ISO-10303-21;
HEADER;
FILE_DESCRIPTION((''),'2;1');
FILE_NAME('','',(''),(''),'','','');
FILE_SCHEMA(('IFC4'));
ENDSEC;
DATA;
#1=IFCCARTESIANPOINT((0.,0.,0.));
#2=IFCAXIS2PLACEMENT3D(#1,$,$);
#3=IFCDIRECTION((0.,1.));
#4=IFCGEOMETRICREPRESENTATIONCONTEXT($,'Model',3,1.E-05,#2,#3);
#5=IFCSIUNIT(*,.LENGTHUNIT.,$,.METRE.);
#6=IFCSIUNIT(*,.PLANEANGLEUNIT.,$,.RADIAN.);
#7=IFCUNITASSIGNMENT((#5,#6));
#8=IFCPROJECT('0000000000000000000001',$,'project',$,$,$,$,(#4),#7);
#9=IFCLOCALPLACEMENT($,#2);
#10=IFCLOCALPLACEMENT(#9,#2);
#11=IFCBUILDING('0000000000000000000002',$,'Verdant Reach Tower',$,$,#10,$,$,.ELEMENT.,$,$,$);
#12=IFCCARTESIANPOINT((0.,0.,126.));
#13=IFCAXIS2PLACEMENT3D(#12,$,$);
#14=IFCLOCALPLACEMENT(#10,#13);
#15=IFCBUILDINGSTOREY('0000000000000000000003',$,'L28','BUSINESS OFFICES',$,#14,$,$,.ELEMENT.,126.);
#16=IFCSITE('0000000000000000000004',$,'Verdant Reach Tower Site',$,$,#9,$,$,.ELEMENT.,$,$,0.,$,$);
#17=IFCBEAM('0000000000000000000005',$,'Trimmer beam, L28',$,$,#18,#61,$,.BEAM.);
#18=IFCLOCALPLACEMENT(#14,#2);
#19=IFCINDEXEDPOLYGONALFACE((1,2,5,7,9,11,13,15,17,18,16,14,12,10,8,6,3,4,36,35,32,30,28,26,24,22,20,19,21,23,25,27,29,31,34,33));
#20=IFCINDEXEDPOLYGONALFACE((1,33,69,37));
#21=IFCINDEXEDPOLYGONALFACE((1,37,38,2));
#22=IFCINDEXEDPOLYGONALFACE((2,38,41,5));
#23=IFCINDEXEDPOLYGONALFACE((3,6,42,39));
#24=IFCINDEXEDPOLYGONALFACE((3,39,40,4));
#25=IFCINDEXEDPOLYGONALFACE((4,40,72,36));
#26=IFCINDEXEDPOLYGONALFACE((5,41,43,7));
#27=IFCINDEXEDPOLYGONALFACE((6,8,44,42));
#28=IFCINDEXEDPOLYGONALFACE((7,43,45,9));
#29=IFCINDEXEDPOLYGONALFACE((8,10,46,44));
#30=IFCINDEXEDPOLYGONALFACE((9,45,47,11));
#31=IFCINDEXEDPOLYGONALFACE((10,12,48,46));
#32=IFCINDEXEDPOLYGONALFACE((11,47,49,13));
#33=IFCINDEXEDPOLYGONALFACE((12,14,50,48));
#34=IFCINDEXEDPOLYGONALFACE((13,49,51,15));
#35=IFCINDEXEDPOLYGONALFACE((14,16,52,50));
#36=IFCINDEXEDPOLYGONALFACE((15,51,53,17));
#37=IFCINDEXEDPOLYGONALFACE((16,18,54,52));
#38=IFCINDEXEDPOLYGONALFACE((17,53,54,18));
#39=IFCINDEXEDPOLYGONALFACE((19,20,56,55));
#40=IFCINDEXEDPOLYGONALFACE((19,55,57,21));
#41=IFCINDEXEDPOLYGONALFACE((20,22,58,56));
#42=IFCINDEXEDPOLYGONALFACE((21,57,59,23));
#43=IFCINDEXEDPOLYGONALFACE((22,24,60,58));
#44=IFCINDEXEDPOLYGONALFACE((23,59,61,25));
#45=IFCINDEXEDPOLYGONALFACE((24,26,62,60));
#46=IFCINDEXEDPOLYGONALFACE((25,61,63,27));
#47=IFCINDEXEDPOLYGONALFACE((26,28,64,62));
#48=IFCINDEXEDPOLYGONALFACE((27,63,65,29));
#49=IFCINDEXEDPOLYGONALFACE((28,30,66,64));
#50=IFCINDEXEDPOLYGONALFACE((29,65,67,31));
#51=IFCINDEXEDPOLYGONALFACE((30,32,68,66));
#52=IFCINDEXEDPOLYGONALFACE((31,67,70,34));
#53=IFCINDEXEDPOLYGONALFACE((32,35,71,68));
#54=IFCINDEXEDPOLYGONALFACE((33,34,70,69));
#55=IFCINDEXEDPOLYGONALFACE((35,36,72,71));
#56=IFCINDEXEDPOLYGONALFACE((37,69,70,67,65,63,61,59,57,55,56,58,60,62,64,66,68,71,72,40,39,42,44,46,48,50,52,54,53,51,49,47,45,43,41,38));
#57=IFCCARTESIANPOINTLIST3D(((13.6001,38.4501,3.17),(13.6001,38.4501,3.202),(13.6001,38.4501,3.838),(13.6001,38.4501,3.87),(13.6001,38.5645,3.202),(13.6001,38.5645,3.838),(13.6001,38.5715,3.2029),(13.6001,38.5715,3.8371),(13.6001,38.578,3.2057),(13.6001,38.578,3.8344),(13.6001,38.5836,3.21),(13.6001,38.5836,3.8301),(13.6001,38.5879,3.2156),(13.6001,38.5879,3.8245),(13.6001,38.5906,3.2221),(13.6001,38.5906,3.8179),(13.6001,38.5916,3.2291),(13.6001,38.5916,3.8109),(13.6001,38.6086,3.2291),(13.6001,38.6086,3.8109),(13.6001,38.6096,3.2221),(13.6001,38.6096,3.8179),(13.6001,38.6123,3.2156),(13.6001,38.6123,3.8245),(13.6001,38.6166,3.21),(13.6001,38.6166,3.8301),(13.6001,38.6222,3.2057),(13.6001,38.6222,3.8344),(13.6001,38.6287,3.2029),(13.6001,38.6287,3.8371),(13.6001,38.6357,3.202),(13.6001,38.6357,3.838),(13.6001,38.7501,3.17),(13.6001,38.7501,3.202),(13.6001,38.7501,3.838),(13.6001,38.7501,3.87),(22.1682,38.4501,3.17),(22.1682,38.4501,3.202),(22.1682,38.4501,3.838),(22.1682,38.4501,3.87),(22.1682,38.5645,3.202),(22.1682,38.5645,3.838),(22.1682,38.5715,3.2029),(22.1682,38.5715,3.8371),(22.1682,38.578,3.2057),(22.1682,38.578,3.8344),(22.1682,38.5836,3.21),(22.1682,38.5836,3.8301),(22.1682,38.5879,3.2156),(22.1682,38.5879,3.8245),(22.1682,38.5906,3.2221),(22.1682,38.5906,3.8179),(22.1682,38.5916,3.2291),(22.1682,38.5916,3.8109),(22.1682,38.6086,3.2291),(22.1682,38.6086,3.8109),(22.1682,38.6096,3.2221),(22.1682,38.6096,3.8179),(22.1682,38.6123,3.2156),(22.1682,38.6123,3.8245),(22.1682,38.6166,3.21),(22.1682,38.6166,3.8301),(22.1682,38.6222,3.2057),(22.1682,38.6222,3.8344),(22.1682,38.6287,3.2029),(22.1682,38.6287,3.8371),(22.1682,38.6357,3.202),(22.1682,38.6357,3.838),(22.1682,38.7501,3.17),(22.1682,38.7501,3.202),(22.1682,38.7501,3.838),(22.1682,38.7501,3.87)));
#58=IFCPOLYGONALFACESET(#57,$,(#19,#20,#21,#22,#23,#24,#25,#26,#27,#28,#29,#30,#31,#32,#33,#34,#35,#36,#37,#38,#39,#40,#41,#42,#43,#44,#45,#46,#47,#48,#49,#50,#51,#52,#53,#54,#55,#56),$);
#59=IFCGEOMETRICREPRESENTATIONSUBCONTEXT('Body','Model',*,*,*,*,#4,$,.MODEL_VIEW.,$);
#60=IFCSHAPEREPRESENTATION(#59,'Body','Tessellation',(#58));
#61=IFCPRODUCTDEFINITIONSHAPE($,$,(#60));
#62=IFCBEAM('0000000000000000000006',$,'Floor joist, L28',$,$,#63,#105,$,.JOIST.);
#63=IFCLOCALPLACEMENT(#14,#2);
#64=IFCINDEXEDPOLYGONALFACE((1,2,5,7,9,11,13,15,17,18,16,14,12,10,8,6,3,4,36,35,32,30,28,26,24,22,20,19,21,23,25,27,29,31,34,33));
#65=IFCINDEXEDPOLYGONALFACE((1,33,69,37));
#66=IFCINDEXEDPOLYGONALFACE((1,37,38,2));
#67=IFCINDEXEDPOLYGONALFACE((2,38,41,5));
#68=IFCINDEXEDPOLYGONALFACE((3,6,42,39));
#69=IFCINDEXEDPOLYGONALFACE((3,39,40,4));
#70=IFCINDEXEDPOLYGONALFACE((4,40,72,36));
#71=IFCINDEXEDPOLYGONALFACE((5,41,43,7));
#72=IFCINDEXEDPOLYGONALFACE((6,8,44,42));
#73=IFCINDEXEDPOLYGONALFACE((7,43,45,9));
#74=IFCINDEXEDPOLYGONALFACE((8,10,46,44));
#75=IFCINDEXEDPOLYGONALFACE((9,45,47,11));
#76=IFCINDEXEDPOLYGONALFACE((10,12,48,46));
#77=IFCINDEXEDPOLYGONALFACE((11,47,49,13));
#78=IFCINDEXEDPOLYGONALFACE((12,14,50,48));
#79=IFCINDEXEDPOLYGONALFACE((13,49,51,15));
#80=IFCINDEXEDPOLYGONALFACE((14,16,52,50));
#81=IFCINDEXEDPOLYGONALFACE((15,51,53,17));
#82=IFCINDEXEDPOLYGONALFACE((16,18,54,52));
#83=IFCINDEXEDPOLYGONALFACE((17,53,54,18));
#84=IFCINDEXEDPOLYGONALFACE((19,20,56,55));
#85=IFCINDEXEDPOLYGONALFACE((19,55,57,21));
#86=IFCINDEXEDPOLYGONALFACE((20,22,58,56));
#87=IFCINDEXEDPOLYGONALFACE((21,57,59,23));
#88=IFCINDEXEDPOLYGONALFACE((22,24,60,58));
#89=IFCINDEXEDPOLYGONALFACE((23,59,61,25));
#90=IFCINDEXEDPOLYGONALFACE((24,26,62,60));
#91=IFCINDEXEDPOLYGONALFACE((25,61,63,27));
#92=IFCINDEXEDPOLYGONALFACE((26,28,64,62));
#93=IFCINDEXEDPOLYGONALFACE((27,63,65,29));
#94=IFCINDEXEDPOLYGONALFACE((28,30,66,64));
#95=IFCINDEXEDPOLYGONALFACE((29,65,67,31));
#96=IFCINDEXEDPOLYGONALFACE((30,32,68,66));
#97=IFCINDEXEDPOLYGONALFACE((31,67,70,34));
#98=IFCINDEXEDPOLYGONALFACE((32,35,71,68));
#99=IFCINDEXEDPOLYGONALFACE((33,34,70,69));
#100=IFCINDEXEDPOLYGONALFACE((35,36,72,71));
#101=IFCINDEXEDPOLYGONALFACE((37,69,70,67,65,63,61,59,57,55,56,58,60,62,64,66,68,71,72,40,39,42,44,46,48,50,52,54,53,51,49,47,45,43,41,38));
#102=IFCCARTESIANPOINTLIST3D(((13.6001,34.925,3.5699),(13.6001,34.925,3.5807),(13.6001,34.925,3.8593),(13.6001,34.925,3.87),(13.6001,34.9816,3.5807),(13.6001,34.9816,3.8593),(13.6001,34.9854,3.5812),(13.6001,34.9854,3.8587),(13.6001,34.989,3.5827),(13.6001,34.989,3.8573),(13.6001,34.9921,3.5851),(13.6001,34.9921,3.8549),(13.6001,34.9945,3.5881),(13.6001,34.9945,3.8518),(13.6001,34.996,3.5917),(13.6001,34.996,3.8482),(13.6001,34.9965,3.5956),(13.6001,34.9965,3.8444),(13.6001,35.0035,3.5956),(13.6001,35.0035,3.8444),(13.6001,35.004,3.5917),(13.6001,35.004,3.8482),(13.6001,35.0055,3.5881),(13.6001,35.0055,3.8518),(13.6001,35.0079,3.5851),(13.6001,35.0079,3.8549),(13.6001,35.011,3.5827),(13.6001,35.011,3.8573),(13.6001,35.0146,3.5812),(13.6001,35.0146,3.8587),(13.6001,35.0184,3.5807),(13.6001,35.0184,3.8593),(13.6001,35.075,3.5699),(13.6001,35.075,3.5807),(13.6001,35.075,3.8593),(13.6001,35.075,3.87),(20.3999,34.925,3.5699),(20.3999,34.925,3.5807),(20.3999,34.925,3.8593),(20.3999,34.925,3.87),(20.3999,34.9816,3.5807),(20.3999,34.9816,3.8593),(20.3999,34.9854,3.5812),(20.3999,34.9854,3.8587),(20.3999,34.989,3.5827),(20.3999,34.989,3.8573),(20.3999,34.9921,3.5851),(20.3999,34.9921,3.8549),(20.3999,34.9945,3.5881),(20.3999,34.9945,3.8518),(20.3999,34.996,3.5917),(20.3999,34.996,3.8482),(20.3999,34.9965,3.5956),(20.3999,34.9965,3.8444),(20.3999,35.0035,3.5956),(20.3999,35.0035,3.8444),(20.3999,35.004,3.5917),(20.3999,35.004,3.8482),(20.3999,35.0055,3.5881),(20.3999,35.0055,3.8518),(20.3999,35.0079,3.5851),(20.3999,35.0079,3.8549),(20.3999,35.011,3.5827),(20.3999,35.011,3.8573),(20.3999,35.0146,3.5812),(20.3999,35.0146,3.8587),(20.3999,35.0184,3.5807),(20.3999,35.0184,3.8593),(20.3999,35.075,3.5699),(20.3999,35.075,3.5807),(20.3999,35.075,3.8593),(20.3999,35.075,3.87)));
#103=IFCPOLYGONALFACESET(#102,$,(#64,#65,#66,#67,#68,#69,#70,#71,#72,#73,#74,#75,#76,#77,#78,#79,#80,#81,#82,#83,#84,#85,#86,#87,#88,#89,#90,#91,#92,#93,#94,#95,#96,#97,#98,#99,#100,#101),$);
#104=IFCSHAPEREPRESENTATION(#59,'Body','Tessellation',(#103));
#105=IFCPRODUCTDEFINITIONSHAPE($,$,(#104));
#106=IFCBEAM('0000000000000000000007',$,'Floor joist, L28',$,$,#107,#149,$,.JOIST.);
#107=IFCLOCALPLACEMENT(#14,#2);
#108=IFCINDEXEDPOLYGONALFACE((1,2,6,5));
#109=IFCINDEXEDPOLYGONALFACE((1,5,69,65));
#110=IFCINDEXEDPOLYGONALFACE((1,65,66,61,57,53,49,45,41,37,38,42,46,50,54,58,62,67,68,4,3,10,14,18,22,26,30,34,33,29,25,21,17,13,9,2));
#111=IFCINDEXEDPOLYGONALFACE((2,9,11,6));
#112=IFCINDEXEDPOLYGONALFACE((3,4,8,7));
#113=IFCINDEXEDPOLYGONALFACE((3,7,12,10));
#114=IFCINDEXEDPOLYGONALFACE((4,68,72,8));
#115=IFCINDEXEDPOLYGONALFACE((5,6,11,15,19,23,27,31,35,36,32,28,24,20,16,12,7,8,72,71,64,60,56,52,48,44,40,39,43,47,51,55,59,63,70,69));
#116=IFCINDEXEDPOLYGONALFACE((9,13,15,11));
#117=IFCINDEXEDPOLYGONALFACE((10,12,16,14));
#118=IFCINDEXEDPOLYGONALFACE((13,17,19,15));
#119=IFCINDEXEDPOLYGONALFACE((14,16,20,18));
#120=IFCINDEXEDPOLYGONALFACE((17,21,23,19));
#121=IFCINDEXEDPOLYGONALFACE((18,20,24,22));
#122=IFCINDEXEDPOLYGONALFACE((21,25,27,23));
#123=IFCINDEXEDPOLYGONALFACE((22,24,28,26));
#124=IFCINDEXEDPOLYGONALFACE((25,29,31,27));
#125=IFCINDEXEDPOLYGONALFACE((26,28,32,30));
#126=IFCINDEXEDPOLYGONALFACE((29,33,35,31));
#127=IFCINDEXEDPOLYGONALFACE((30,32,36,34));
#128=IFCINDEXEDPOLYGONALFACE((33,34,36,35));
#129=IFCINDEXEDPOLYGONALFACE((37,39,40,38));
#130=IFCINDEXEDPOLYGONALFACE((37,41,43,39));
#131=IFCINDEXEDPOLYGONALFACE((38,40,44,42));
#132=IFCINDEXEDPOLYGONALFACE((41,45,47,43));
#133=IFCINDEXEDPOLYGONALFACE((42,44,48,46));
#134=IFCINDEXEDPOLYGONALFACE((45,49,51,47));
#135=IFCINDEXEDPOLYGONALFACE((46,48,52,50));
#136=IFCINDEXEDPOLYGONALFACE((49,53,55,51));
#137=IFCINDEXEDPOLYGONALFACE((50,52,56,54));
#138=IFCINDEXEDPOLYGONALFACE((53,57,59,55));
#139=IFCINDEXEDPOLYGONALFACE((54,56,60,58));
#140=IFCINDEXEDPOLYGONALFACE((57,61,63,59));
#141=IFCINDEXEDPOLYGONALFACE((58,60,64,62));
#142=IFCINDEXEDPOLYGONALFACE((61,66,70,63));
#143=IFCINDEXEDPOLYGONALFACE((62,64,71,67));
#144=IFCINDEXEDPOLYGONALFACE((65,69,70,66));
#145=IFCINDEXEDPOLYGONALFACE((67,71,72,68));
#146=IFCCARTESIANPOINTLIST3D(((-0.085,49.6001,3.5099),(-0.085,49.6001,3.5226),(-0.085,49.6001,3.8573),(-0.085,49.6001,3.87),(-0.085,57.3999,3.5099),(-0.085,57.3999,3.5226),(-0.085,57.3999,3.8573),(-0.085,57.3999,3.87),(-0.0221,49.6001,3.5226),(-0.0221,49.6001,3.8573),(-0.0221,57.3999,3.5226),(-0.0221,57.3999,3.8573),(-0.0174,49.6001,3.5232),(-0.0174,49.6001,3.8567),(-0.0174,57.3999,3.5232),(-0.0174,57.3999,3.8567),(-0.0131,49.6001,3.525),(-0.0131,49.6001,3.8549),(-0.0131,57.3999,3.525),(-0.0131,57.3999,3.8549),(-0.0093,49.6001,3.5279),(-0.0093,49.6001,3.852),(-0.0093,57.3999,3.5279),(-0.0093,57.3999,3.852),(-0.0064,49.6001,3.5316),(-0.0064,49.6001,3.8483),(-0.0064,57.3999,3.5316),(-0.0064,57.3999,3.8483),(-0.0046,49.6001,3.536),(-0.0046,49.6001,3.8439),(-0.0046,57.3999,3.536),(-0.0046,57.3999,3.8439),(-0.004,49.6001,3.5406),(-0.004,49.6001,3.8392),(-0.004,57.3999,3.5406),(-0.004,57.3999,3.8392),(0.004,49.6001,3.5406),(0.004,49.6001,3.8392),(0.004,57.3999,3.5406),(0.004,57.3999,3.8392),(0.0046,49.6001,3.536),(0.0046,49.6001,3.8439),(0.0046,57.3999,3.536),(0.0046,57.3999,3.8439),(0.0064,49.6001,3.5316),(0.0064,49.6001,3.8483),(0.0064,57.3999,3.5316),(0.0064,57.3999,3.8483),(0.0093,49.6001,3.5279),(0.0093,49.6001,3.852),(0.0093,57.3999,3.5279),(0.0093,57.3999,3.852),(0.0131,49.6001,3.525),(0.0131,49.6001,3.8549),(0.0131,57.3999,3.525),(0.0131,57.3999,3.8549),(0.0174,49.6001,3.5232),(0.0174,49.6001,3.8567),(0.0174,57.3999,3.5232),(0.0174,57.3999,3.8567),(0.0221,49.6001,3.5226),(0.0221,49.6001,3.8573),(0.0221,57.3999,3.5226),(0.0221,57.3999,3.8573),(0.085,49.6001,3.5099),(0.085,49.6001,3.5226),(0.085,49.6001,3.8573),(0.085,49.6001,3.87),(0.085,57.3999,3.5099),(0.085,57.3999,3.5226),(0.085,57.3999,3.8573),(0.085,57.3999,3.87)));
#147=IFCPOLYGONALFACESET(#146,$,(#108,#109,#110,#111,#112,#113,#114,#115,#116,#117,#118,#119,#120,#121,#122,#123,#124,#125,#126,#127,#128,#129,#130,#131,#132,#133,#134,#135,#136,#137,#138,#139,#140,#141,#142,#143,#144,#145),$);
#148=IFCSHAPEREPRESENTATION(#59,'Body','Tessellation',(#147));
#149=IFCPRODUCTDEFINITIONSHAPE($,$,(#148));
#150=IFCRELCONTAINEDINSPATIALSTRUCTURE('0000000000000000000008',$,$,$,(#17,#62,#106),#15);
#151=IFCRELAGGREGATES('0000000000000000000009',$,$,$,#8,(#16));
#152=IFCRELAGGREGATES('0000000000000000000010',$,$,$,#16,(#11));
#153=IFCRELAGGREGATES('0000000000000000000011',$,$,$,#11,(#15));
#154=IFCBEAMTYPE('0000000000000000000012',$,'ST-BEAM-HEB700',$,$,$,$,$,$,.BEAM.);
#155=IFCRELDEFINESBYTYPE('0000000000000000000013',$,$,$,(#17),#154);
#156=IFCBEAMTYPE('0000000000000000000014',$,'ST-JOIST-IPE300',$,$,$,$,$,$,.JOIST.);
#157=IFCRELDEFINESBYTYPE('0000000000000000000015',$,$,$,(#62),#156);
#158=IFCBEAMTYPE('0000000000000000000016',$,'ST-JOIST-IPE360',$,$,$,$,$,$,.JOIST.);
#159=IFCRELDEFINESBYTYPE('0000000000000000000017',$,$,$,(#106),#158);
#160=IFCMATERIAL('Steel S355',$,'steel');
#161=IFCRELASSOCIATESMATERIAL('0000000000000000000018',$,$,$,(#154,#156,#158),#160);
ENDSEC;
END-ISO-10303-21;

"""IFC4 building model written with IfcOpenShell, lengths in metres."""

from ifc_helpers import new_model, si_unit, direction, frame, origin, origin_2d, place, context, subcontext, project, spatial, i_section, extrude, material, material_profile, profile_set, type_object, element, save


model = new_model("IFC4")

# Units and contexts
model_context = context("Model", 3, precision=1e-05, world=origin(), true_north=direction((0.0, 1.0)))
body_context = subcontext(model_context, "Body", "Model", "MODEL_VIEW")
ifc_project = project(units=[si_unit("LENGTHUNIT", "METRE"), si_unit("PLANEANGLEUNIT", "RADIAN")], contexts=[model_context])

# Site, building, storey
site_placement = place(None, origin())
site = spatial("IfcSite", under=ifc_project, at=site_placement, Name="Verdant Reach Tower Site", CompositionType="ELEMENT", RefElevation=0.0)
building_placement = place(site_placement, origin())
building = spatial("IfcBuilding", under=site, at=building_placement, Name="Verdant Reach Tower", CompositionType="ELEMENT")
storey_placement = place(building_placement, frame((0.0, 0.0, 126.0)))
storey = spatial("IfcBuildingStorey", under=building, at=storey_placement, Name="L28", Description="BUSINESS OFFICES", CompositionType="ELEMENT", Elevation=126.0)

# Beams
ifc_material_1 = material(Name="Steel S355", Category="steel")
ifc_material_profile_1 = material_profile(ifc_material_1, i_section(OverallWidth=0.3, OverallDepth=0.7, WebThickness=0.0171, FlangeThickness=0.032, FilletRadius=0.0271, at=origin_2d()), Name="HEB 700")
ifc_profile_set_1 = profile_set([ifc_material_profile_1], Name="Steel S355")
beam_type_1 = type_object("IfcBeamType", Name="ST-BEAM-HEB700", PredefinedType="BEAM", material=ifc_profile_set_1)
beam_1_placement = place(storey_placement, frame((13.6001, 38.6001, 3.52), z_axis=(1.0, 0.0, 0.0), x_axis=(0.0, 1.0, 0.0)))
element("IfcBeam", 1, at=beam_1_placement, inside=storey, type_object=beam_type_1, Name="Trimmer beam, L28", PredefinedType="BEAM", context=body_context, shape_type="SweptSolid", body=[
    extrude(i_section(OverallWidth=0.3, OverallDepth=0.7, WebThickness=0.0171, FlangeThickness=0.032, FilletRadius=0.0271, at=origin_2d()), origin(), (0.0, 0.0, 1.0), 8.5681),
])
ifc_material_profile_2 = material_profile(ifc_material_1, i_section(OverallWidth=0.1499, OverallDepth=0.3, WebThickness=0.0071, FlangeThickness=0.0107, FilletRadius=0.0149, at=origin_2d()), Name="IPE 300")
ifc_profile_set_2 = profile_set([ifc_material_profile_2], Name="Steel S355")
beam_type_2 = type_object("IfcBeamType", Name="ST-JOIST-IPE300", PredefinedType="JOIST", material=ifc_profile_set_2)
beam_2_placement = place(storey_placement, frame((13.6001, 35.0, 3.72), z_axis=(1.0, 0.0, 0.0), x_axis=(0.0, 1.0, 0.0)))
element("IfcBeam", 2, at=beam_2_placement, inside=storey, type_object=beam_type_2, Name="Floor joist, L28", PredefinedType="JOIST", context=body_context, shape_type="SweptSolid", body=[
    extrude(i_section(OverallWidth=0.1499, OverallDepth=0.3, WebThickness=0.0071, FlangeThickness=0.0107, FilletRadius=0.0149, at=origin_2d()), origin(), (0.0, 0.0, 1.0), 6.7998),
])
ifc_material_profile_3 = material_profile(ifc_material_1, i_section(OverallWidth=0.1699, OverallDepth=0.3601, WebThickness=0.0081, FlangeThickness=0.0127, FilletRadius=0.0181, at=origin_2d()), Name="IPE 360")
ifc_profile_set_3 = profile_set([ifc_material_profile_3], Name="Steel S355")
beam_type_3 = type_object("IfcBeamType", Name="ST-JOIST-IPE360", PredefinedType="JOIST", material=ifc_profile_set_3)
beam_3_placement = place(storey_placement, frame((0.0, 49.6001, 3.6899), z_axis=(0.0, 1.0, 0.0), x_axis=(-1.0, 0.0, 0.0)))
element("IfcBeam", 3, at=beam_3_placement, inside=storey, type_object=beam_type_3, Name="Floor joist, L28", PredefinedType="JOIST", context=body_context, shape_type="SweptSolid", body=[
    extrude(i_section(OverallWidth=0.1699, OverallDepth=0.3601, WebThickness=0.0081, FlangeThickness=0.0127, FilletRadius=0.0181, at=origin_2d()), origin(), (0.0, 0.0, 1.0), 7.7998),
])

save(model, "model.ifc")
